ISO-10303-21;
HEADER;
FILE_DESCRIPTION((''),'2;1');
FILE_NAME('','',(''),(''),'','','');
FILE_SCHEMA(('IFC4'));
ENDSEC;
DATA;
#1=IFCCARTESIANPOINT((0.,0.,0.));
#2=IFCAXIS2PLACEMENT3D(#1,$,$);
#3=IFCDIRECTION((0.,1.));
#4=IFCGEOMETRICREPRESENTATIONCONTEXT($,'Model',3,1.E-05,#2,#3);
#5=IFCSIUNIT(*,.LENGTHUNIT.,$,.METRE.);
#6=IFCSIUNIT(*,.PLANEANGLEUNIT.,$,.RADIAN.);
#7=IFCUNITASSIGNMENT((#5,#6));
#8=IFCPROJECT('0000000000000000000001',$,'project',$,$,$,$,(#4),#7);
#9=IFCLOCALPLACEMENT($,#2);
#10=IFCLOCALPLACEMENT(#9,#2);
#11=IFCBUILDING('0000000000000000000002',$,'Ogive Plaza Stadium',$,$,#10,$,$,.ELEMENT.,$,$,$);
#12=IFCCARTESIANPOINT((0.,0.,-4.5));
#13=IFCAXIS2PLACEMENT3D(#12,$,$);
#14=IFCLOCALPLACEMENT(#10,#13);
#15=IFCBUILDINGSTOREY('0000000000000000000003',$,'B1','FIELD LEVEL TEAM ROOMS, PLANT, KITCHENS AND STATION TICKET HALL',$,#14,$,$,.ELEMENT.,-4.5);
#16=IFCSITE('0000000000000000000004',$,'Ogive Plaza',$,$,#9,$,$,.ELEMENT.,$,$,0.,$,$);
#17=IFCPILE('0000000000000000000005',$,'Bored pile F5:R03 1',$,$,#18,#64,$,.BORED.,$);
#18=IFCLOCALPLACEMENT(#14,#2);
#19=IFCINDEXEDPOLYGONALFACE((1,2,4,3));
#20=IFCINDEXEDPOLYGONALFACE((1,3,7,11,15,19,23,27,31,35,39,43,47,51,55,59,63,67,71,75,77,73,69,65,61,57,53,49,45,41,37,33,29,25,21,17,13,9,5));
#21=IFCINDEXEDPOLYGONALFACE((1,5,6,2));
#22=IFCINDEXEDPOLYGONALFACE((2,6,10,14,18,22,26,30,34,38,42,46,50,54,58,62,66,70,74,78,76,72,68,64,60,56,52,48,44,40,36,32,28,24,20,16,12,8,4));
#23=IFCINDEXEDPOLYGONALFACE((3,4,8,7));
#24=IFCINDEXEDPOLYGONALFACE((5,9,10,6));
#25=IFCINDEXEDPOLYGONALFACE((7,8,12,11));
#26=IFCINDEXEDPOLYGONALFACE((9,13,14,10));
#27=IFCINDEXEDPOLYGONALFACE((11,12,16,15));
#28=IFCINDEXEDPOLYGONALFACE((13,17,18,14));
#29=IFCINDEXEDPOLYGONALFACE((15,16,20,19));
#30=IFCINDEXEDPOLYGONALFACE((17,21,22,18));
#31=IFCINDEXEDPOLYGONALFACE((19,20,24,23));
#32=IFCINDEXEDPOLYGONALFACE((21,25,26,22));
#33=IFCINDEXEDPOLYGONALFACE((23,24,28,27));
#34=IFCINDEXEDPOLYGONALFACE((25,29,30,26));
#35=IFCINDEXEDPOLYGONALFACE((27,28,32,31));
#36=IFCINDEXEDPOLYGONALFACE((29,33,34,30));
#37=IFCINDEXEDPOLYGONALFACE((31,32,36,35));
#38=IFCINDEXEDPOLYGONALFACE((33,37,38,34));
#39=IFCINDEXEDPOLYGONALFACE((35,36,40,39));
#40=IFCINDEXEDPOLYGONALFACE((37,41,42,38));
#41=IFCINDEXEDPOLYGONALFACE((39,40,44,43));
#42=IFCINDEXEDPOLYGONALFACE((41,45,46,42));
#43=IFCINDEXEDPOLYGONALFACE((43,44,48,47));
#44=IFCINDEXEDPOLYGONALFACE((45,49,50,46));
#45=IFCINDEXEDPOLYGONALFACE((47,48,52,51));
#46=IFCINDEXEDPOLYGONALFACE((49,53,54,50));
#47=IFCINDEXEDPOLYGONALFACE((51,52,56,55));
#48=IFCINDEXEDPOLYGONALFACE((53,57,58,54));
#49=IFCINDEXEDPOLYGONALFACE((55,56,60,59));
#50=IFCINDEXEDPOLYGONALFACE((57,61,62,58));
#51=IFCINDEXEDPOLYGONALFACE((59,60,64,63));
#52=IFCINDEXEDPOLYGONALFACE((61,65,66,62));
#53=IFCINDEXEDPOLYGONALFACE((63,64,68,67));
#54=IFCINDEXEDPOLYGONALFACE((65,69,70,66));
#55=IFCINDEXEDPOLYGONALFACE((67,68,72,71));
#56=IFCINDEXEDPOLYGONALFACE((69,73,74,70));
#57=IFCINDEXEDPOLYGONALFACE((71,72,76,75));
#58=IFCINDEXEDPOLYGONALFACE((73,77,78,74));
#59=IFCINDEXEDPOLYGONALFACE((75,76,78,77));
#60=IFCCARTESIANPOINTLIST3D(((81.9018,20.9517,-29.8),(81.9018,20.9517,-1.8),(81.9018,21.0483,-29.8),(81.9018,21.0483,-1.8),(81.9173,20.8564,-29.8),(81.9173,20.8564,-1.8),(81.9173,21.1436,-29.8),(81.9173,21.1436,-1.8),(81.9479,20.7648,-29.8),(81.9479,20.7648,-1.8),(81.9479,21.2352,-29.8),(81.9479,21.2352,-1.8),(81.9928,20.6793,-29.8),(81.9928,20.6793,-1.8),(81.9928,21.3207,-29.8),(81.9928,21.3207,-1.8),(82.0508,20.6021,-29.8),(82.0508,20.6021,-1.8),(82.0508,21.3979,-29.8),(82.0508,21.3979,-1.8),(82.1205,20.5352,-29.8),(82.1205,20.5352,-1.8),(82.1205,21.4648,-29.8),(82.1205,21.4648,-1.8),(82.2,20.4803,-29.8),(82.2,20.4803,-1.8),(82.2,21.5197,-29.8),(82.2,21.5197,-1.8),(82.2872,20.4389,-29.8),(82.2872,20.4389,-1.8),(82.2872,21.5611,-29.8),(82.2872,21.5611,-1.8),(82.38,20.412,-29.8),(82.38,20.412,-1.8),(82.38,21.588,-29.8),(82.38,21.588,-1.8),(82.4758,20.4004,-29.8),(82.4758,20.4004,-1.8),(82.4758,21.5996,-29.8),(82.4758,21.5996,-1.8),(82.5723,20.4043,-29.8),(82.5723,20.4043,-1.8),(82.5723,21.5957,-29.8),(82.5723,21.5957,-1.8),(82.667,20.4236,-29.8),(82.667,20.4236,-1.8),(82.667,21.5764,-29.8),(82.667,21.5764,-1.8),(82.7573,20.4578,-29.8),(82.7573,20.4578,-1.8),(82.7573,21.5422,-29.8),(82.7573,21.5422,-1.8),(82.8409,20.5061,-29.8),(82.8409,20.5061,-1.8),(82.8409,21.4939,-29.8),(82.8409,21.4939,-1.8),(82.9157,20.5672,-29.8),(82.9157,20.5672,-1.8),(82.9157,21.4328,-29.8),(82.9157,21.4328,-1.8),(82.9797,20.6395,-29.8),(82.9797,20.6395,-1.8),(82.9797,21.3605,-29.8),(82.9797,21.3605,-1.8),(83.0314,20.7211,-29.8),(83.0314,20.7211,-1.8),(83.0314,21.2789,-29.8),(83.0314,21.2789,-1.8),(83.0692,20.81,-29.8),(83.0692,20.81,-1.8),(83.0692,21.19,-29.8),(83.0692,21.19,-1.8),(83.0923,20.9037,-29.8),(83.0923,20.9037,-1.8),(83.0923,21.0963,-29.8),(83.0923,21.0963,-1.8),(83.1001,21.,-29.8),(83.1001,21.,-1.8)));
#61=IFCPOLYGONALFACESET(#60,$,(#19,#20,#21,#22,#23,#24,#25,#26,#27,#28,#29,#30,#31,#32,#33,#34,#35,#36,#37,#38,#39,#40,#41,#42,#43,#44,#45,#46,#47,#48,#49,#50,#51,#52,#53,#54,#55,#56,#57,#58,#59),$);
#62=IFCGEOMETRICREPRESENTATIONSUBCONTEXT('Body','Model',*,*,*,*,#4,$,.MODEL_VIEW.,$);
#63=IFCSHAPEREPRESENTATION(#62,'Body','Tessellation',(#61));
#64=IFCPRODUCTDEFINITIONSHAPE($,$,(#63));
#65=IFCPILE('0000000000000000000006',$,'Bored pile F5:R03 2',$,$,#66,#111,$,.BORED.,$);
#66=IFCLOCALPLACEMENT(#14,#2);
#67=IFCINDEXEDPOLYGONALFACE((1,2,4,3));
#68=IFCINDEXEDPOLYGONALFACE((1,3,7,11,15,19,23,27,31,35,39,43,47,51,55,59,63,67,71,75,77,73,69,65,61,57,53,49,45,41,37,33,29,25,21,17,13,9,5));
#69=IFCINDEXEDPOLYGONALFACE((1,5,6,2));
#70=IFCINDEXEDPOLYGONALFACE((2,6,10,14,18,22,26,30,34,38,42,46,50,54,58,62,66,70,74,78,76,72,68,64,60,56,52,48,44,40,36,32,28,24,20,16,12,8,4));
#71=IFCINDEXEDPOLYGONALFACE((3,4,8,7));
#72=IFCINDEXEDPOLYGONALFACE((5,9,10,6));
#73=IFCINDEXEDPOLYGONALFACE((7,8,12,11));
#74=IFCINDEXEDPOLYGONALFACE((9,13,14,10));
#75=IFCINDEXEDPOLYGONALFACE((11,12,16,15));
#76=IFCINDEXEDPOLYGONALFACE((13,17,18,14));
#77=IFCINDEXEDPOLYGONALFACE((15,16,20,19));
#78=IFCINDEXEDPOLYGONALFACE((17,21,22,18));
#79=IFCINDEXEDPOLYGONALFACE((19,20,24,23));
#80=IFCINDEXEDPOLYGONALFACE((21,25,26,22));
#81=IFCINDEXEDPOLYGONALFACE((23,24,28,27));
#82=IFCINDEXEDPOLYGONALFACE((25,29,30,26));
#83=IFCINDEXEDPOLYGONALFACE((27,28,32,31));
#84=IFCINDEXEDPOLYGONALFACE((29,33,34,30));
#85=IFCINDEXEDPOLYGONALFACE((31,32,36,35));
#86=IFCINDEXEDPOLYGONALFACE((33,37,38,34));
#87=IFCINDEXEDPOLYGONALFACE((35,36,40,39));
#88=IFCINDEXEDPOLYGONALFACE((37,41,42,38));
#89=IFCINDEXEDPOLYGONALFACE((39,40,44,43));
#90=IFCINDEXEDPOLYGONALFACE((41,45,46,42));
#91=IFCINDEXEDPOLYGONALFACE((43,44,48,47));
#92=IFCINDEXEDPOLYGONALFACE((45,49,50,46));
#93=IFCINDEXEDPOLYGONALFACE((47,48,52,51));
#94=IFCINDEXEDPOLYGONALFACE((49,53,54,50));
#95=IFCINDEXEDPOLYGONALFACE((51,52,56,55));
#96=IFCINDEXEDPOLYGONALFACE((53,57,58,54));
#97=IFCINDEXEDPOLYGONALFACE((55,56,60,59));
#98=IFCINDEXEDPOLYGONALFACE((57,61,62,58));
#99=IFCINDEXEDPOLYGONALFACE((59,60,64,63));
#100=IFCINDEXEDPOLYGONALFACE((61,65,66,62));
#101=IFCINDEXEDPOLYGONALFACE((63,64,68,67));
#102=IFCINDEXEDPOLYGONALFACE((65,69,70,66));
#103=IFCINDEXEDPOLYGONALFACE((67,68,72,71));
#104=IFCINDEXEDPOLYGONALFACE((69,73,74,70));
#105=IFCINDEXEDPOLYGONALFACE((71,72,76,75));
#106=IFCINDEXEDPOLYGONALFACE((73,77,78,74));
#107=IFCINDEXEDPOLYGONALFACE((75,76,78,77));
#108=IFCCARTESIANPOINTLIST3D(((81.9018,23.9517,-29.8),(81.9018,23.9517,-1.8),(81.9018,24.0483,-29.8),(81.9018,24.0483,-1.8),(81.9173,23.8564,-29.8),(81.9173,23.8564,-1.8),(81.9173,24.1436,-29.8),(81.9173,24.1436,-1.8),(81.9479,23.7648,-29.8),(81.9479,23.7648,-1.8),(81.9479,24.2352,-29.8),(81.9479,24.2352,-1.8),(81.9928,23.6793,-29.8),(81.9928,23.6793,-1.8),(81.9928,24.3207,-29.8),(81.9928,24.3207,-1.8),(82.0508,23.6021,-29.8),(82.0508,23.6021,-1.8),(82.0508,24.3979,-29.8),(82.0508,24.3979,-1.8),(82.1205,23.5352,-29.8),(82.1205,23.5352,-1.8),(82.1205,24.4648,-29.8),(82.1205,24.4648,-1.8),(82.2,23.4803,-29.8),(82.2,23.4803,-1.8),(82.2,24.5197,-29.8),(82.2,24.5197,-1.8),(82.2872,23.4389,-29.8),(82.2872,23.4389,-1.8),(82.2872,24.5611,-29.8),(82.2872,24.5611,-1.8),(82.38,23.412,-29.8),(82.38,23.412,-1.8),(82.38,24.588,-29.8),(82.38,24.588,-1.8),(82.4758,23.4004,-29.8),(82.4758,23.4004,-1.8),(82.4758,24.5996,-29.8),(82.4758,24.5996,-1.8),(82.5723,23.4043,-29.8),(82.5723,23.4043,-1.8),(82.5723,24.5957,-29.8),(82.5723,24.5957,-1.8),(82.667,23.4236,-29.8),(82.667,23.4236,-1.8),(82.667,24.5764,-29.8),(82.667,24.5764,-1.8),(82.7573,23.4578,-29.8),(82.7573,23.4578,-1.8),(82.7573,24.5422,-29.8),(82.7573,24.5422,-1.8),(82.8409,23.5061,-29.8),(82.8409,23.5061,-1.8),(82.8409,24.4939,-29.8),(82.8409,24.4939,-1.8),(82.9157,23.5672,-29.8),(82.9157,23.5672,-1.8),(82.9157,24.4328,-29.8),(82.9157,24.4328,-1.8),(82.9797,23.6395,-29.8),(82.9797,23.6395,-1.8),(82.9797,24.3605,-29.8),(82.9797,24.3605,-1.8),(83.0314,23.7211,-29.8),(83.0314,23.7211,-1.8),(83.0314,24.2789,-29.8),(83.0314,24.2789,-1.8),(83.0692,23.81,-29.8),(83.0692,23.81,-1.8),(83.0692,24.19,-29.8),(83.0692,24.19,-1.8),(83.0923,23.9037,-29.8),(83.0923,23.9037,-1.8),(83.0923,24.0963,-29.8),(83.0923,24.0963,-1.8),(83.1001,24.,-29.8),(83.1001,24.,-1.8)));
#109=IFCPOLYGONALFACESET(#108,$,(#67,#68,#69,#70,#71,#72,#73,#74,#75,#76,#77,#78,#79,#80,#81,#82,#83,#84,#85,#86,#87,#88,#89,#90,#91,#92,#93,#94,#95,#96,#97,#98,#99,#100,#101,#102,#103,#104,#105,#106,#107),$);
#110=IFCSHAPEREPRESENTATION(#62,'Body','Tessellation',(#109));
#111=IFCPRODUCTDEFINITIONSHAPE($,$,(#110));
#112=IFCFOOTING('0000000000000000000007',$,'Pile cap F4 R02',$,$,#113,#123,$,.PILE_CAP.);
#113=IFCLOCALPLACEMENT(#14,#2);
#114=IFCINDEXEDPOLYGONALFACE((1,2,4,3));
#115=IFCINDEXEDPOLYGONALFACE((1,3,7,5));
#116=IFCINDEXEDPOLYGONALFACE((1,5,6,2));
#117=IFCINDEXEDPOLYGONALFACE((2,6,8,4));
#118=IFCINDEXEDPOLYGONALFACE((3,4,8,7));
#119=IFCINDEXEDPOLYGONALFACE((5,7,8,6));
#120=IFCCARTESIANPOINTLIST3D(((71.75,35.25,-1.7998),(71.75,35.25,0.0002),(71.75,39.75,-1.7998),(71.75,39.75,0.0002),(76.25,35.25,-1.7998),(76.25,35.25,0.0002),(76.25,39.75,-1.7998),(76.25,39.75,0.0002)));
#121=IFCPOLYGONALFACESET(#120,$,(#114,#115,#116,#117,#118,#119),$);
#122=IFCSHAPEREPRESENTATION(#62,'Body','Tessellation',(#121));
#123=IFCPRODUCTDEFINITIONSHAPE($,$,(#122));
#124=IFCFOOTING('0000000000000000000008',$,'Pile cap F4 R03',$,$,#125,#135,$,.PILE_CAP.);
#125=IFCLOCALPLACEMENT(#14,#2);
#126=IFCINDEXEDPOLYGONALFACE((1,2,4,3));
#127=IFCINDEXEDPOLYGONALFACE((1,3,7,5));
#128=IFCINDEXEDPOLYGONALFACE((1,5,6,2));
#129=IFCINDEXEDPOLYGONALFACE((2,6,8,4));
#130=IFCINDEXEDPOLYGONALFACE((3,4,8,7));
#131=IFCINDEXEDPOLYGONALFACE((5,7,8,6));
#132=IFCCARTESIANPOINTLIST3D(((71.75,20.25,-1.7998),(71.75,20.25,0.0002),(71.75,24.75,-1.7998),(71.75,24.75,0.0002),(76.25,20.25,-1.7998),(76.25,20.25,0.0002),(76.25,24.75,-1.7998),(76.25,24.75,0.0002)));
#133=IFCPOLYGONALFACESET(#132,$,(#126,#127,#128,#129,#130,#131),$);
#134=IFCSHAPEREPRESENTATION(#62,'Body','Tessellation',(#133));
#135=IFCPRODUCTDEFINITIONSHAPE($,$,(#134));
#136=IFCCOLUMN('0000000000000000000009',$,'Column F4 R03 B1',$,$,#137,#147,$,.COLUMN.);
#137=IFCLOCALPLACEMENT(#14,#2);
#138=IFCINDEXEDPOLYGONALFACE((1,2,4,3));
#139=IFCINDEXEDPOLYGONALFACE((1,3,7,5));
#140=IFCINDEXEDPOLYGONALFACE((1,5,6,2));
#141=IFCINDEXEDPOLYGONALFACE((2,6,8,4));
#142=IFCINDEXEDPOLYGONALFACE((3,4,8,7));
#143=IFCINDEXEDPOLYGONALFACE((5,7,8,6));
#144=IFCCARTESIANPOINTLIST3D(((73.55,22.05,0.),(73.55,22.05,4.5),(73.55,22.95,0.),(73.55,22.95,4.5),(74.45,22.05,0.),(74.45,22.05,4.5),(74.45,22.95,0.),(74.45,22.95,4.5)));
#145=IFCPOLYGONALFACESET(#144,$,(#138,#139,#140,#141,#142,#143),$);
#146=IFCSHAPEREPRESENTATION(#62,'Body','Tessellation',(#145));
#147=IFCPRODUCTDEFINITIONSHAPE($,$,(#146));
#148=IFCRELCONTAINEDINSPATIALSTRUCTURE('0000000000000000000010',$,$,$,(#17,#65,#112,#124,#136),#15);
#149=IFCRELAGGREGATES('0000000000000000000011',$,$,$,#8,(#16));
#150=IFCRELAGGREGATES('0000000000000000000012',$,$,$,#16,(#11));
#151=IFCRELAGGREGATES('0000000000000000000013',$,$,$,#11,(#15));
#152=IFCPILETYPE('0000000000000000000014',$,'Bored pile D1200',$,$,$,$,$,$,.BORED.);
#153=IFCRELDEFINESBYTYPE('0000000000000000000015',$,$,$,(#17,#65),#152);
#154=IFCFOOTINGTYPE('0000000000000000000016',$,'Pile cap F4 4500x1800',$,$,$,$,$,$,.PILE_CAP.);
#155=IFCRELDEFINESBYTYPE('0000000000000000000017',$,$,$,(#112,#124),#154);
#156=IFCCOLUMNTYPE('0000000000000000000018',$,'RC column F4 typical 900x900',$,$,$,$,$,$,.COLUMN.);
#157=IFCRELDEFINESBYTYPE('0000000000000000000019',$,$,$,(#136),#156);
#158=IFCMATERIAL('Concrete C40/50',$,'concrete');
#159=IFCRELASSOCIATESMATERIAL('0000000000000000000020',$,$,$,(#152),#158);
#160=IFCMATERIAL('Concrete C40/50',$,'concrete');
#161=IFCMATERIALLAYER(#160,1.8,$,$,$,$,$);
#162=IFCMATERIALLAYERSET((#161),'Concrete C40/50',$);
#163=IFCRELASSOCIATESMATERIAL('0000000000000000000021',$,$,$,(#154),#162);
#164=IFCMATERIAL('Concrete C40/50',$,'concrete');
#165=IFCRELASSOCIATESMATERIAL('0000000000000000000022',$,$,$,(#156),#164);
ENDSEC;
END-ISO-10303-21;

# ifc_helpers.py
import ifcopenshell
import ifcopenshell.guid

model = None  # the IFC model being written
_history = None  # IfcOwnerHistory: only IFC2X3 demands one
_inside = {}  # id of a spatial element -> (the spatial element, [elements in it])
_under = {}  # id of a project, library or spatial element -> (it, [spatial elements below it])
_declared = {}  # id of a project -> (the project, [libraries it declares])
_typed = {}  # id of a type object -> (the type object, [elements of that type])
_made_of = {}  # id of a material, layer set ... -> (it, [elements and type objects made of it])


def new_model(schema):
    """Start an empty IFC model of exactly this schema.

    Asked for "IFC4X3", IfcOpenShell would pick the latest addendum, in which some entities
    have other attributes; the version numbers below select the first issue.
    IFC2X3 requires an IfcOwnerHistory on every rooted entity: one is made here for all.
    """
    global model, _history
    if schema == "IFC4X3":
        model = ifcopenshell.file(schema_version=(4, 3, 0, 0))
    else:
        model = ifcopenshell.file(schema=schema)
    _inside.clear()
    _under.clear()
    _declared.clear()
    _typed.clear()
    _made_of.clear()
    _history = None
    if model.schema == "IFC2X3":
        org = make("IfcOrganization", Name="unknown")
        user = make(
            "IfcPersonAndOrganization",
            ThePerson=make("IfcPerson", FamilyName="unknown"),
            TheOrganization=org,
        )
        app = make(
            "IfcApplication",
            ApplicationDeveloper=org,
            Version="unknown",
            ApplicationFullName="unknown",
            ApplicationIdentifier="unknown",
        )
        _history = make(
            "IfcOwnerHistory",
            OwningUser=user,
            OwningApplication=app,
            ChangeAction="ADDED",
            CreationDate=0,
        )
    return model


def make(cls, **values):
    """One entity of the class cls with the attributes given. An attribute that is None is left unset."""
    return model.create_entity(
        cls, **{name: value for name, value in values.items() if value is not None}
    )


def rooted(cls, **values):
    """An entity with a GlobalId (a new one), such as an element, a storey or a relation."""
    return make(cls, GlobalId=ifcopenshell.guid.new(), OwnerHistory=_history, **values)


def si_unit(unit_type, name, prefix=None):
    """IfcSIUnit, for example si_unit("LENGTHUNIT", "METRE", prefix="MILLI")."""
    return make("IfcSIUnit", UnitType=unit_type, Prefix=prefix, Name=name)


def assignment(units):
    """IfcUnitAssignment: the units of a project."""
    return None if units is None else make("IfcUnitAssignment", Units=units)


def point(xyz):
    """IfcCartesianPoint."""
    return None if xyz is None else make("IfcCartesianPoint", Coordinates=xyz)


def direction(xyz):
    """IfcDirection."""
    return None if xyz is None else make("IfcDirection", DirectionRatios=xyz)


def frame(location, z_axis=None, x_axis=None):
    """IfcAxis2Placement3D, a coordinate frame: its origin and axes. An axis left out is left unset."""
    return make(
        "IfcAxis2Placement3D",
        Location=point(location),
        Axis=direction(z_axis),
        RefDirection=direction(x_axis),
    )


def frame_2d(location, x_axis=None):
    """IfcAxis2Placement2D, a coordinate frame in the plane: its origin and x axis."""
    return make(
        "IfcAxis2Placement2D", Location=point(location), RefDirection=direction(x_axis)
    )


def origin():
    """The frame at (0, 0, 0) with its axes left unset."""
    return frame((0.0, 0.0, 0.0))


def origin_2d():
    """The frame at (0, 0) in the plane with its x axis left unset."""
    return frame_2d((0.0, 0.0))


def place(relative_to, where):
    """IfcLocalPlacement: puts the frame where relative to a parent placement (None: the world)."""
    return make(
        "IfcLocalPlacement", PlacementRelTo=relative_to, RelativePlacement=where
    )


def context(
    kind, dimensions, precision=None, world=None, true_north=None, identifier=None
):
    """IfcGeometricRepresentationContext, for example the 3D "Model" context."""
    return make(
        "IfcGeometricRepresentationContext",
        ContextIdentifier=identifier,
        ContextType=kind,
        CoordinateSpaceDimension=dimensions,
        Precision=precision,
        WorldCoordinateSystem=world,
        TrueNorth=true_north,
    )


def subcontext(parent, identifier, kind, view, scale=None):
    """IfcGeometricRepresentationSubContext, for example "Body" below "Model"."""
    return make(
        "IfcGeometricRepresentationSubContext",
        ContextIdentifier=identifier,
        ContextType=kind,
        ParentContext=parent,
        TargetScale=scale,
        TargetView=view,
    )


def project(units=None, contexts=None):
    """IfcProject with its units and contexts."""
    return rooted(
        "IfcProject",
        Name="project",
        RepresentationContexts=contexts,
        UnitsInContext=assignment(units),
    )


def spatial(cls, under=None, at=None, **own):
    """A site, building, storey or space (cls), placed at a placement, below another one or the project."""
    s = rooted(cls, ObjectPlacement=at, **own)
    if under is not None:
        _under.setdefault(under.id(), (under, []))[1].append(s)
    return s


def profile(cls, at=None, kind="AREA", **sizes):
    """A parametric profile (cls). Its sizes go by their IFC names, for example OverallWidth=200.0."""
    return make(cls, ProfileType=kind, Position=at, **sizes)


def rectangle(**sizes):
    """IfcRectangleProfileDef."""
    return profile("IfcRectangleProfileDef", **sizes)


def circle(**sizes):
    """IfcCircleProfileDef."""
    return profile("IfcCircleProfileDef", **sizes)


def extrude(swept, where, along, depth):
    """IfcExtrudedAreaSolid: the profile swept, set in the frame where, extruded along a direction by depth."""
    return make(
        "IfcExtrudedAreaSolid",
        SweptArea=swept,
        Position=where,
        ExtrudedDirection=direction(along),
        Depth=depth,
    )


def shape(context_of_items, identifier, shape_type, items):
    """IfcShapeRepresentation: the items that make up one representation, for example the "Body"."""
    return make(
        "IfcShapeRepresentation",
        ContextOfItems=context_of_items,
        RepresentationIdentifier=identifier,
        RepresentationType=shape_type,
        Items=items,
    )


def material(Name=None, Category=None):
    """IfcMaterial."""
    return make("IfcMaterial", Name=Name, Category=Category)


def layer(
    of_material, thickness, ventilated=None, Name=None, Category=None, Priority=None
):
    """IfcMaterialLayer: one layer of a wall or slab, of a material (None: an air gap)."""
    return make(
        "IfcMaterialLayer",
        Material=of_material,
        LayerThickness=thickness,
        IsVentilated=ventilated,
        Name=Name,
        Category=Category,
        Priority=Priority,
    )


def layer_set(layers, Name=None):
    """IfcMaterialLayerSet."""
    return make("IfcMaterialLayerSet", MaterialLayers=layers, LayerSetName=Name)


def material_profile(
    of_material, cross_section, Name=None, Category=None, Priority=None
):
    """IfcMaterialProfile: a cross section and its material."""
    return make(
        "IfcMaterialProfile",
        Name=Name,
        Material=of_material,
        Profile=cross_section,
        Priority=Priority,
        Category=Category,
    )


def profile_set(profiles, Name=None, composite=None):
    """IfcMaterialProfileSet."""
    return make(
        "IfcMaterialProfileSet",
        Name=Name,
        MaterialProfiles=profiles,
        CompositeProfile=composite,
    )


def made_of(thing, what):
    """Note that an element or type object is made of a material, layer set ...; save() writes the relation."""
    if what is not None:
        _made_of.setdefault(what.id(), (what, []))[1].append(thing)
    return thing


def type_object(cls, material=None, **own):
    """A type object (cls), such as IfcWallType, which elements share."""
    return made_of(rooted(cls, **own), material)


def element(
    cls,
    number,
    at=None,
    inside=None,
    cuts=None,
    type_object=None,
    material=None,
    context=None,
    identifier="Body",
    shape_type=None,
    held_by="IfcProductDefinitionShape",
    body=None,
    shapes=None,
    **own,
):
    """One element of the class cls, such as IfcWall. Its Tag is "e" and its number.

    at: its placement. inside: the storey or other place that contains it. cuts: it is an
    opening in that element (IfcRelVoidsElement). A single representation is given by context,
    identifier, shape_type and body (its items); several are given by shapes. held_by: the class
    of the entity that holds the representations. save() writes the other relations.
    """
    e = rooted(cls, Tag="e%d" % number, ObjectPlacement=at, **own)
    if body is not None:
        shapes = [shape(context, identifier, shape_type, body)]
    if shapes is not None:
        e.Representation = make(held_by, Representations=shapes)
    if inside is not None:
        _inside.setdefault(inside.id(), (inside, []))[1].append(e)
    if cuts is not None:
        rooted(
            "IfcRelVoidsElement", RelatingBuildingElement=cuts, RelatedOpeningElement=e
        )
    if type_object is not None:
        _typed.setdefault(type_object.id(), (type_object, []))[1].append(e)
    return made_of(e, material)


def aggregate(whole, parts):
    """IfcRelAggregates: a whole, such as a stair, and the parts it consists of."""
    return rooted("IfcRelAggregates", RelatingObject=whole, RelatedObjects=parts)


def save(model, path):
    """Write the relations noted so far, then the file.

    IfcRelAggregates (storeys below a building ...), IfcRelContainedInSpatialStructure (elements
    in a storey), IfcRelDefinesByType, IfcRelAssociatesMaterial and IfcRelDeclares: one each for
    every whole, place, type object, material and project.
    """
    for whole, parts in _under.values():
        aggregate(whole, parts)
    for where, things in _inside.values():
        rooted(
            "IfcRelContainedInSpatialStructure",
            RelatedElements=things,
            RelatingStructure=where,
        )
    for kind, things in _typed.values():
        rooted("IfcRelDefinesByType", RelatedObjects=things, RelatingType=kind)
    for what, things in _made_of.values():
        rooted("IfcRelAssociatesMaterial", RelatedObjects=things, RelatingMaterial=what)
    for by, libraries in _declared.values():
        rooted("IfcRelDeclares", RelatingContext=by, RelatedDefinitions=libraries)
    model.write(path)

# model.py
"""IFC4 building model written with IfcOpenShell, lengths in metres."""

from ifc_helpers import new_model, si_unit, direction, frame, origin, origin_2d, place, context, subcontext, project, spatial, rectangle, circle, extrude, material, layer, layer_set, material_profile, profile_set, type_object, element, save


model = new_model("IFC4")

# Units and contexts
model_context = context("Model", 3, precision=1e-05, world=origin(), true_north=direction((0.0, 1.0)))
body_context = subcontext(model_context, "Body", "Model", "MODEL_VIEW")
ifc_project = project(units=[si_unit("LENGTHUNIT", "METRE"), si_unit("PLANEANGLEUNIT", "RADIAN")], contexts=[model_context])

# Site, building, storey
site_placement = place(None, origin())
site = spatial("IfcSite", under=ifc_project, at=site_placement, Name="Ogive Plaza", CompositionType="ELEMENT", RefElevation=0.0)
building_placement = place(site_placement, origin())
building = spatial("IfcBuilding", under=site, at=building_placement, Name="Ogive Plaza Stadium", CompositionType="ELEMENT")
storey_placement = place(building_placement, frame((0.0, 0.0, -4.5)))
storey = spatial("IfcBuildingStorey", under=building, at=storey_placement, Name="B1", Description="FIELD LEVEL TEAM ROOMS, PLANT, KITCHENS AND STATION TICKET HALL", CompositionType="ELEMENT", Elevation=-4.5)

# Piles
ifc_material_1 = material(Name="Concrete C40/50", Category="concrete")
ifc_material_profile_1 = material_profile(ifc_material_1, circle(Radius=0.6001, at=origin_2d()), Name="RC D1200")
ifc_profile_set_1 = profile_set([ifc_material_profile_1], Name="Concrete C40/50")
pile_type = type_object("IfcPileType", Name="Bored pile D1200", PredefinedType="BORED", material=ifc_profile_set_1)
for number, where, z_axis, x_axis, name in (
    (1, (82.5, 21.0, -1.8), (0.0, 0.0, -1.0), (1.0, 0.0, 0.0), "Bored pile F5:R03 1"),
    (2, (82.5, 24.0, -1.8), (0.0, 0.0, -1.0), (1.0, 0.0, 0.0), "Bored pile F5:R03 2"),
):
    element("IfcPile", number, at=place(storey_placement, frame(where, z_axis=z_axis, x_axis=x_axis)), inside=storey, type_object=pile_type, Name=name, PredefinedType="BORED", context=body_context, shape_type="SweptSolid", body=[
        extrude(circle(Radius=0.6001, at=origin_2d()), origin(), (0.0, 0.0, 1.0), 28.0),
    ])

# Footings
ifc_material_2 = material(Name="Concrete C40/50", Category="concrete")
ifc_layer_1 = layer(ifc_material_2, 1.8)
ifc_layer_set_1 = layer_set([ifc_layer_1], Name="Concrete C40/50")
footing_type = type_object("IfcFootingType", Name="Pile cap F4 4500x1800", PredefinedType="PILE_CAP", material=ifc_layer_set_1)
for number, where, z_axis, x_axis, name in (
    (3, (74.0, 37.5, -1.7998), (0.0, 0.0, 1.0), (1.0, 0.0, 0.0), "Pile cap F4 R02"),
    (4, (74.0, 22.5, -1.7998), (0.0, 0.0, 1.0), (1.0, 0.0, 0.0), "Pile cap F4 R03"),
):
    element("IfcFooting", number, at=place(storey_placement, frame(where, z_axis=z_axis, x_axis=x_axis)), inside=storey, type_object=footing_type, Name=name, PredefinedType="PILE_CAP", context=body_context, shape_type="SweptSolid", body=[
        extrude(rectangle(XDim=4.5, YDim=4.5, at=origin_2d()), origin(), (0.0, 0.0, 1.0), 1.8),
    ])

# Column
ifc_material_3 = material(Name="Concrete C40/50", Category="concrete")
ifc_material_profile_2 = material_profile(ifc_material_3, rectangle(XDim=0.8999, YDim=0.8999, at=origin_2d()), Name="RC 900x900")
ifc_profile_set_2 = profile_set([ifc_material_profile_2], Name="Concrete C40/50")
column_type = type_object("IfcColumnType", Name="RC column F4 typical 900x900", PredefinedType="COLUMN", material=ifc_profile_set_2)
column_placement = place(storey_placement, frame((74.0, 22.5, 0.0), z_axis=(0.0, 0.0, 1.0), x_axis=(0.0, 1.0, 0.0)))
element("IfcColumn", 5, at=column_placement, inside=storey, type_object=column_type, Name="Column F4 R03 B1", PredefinedType="COLUMN", context=body_context, shape_type="SweptSolid", body=[
    extrude(rectangle(XDim=0.8999, YDim=0.8999, at=origin_2d()), origin(), (0.0, 0.0, 1.0), 4.5),
])

save(model, "model.ifc")
